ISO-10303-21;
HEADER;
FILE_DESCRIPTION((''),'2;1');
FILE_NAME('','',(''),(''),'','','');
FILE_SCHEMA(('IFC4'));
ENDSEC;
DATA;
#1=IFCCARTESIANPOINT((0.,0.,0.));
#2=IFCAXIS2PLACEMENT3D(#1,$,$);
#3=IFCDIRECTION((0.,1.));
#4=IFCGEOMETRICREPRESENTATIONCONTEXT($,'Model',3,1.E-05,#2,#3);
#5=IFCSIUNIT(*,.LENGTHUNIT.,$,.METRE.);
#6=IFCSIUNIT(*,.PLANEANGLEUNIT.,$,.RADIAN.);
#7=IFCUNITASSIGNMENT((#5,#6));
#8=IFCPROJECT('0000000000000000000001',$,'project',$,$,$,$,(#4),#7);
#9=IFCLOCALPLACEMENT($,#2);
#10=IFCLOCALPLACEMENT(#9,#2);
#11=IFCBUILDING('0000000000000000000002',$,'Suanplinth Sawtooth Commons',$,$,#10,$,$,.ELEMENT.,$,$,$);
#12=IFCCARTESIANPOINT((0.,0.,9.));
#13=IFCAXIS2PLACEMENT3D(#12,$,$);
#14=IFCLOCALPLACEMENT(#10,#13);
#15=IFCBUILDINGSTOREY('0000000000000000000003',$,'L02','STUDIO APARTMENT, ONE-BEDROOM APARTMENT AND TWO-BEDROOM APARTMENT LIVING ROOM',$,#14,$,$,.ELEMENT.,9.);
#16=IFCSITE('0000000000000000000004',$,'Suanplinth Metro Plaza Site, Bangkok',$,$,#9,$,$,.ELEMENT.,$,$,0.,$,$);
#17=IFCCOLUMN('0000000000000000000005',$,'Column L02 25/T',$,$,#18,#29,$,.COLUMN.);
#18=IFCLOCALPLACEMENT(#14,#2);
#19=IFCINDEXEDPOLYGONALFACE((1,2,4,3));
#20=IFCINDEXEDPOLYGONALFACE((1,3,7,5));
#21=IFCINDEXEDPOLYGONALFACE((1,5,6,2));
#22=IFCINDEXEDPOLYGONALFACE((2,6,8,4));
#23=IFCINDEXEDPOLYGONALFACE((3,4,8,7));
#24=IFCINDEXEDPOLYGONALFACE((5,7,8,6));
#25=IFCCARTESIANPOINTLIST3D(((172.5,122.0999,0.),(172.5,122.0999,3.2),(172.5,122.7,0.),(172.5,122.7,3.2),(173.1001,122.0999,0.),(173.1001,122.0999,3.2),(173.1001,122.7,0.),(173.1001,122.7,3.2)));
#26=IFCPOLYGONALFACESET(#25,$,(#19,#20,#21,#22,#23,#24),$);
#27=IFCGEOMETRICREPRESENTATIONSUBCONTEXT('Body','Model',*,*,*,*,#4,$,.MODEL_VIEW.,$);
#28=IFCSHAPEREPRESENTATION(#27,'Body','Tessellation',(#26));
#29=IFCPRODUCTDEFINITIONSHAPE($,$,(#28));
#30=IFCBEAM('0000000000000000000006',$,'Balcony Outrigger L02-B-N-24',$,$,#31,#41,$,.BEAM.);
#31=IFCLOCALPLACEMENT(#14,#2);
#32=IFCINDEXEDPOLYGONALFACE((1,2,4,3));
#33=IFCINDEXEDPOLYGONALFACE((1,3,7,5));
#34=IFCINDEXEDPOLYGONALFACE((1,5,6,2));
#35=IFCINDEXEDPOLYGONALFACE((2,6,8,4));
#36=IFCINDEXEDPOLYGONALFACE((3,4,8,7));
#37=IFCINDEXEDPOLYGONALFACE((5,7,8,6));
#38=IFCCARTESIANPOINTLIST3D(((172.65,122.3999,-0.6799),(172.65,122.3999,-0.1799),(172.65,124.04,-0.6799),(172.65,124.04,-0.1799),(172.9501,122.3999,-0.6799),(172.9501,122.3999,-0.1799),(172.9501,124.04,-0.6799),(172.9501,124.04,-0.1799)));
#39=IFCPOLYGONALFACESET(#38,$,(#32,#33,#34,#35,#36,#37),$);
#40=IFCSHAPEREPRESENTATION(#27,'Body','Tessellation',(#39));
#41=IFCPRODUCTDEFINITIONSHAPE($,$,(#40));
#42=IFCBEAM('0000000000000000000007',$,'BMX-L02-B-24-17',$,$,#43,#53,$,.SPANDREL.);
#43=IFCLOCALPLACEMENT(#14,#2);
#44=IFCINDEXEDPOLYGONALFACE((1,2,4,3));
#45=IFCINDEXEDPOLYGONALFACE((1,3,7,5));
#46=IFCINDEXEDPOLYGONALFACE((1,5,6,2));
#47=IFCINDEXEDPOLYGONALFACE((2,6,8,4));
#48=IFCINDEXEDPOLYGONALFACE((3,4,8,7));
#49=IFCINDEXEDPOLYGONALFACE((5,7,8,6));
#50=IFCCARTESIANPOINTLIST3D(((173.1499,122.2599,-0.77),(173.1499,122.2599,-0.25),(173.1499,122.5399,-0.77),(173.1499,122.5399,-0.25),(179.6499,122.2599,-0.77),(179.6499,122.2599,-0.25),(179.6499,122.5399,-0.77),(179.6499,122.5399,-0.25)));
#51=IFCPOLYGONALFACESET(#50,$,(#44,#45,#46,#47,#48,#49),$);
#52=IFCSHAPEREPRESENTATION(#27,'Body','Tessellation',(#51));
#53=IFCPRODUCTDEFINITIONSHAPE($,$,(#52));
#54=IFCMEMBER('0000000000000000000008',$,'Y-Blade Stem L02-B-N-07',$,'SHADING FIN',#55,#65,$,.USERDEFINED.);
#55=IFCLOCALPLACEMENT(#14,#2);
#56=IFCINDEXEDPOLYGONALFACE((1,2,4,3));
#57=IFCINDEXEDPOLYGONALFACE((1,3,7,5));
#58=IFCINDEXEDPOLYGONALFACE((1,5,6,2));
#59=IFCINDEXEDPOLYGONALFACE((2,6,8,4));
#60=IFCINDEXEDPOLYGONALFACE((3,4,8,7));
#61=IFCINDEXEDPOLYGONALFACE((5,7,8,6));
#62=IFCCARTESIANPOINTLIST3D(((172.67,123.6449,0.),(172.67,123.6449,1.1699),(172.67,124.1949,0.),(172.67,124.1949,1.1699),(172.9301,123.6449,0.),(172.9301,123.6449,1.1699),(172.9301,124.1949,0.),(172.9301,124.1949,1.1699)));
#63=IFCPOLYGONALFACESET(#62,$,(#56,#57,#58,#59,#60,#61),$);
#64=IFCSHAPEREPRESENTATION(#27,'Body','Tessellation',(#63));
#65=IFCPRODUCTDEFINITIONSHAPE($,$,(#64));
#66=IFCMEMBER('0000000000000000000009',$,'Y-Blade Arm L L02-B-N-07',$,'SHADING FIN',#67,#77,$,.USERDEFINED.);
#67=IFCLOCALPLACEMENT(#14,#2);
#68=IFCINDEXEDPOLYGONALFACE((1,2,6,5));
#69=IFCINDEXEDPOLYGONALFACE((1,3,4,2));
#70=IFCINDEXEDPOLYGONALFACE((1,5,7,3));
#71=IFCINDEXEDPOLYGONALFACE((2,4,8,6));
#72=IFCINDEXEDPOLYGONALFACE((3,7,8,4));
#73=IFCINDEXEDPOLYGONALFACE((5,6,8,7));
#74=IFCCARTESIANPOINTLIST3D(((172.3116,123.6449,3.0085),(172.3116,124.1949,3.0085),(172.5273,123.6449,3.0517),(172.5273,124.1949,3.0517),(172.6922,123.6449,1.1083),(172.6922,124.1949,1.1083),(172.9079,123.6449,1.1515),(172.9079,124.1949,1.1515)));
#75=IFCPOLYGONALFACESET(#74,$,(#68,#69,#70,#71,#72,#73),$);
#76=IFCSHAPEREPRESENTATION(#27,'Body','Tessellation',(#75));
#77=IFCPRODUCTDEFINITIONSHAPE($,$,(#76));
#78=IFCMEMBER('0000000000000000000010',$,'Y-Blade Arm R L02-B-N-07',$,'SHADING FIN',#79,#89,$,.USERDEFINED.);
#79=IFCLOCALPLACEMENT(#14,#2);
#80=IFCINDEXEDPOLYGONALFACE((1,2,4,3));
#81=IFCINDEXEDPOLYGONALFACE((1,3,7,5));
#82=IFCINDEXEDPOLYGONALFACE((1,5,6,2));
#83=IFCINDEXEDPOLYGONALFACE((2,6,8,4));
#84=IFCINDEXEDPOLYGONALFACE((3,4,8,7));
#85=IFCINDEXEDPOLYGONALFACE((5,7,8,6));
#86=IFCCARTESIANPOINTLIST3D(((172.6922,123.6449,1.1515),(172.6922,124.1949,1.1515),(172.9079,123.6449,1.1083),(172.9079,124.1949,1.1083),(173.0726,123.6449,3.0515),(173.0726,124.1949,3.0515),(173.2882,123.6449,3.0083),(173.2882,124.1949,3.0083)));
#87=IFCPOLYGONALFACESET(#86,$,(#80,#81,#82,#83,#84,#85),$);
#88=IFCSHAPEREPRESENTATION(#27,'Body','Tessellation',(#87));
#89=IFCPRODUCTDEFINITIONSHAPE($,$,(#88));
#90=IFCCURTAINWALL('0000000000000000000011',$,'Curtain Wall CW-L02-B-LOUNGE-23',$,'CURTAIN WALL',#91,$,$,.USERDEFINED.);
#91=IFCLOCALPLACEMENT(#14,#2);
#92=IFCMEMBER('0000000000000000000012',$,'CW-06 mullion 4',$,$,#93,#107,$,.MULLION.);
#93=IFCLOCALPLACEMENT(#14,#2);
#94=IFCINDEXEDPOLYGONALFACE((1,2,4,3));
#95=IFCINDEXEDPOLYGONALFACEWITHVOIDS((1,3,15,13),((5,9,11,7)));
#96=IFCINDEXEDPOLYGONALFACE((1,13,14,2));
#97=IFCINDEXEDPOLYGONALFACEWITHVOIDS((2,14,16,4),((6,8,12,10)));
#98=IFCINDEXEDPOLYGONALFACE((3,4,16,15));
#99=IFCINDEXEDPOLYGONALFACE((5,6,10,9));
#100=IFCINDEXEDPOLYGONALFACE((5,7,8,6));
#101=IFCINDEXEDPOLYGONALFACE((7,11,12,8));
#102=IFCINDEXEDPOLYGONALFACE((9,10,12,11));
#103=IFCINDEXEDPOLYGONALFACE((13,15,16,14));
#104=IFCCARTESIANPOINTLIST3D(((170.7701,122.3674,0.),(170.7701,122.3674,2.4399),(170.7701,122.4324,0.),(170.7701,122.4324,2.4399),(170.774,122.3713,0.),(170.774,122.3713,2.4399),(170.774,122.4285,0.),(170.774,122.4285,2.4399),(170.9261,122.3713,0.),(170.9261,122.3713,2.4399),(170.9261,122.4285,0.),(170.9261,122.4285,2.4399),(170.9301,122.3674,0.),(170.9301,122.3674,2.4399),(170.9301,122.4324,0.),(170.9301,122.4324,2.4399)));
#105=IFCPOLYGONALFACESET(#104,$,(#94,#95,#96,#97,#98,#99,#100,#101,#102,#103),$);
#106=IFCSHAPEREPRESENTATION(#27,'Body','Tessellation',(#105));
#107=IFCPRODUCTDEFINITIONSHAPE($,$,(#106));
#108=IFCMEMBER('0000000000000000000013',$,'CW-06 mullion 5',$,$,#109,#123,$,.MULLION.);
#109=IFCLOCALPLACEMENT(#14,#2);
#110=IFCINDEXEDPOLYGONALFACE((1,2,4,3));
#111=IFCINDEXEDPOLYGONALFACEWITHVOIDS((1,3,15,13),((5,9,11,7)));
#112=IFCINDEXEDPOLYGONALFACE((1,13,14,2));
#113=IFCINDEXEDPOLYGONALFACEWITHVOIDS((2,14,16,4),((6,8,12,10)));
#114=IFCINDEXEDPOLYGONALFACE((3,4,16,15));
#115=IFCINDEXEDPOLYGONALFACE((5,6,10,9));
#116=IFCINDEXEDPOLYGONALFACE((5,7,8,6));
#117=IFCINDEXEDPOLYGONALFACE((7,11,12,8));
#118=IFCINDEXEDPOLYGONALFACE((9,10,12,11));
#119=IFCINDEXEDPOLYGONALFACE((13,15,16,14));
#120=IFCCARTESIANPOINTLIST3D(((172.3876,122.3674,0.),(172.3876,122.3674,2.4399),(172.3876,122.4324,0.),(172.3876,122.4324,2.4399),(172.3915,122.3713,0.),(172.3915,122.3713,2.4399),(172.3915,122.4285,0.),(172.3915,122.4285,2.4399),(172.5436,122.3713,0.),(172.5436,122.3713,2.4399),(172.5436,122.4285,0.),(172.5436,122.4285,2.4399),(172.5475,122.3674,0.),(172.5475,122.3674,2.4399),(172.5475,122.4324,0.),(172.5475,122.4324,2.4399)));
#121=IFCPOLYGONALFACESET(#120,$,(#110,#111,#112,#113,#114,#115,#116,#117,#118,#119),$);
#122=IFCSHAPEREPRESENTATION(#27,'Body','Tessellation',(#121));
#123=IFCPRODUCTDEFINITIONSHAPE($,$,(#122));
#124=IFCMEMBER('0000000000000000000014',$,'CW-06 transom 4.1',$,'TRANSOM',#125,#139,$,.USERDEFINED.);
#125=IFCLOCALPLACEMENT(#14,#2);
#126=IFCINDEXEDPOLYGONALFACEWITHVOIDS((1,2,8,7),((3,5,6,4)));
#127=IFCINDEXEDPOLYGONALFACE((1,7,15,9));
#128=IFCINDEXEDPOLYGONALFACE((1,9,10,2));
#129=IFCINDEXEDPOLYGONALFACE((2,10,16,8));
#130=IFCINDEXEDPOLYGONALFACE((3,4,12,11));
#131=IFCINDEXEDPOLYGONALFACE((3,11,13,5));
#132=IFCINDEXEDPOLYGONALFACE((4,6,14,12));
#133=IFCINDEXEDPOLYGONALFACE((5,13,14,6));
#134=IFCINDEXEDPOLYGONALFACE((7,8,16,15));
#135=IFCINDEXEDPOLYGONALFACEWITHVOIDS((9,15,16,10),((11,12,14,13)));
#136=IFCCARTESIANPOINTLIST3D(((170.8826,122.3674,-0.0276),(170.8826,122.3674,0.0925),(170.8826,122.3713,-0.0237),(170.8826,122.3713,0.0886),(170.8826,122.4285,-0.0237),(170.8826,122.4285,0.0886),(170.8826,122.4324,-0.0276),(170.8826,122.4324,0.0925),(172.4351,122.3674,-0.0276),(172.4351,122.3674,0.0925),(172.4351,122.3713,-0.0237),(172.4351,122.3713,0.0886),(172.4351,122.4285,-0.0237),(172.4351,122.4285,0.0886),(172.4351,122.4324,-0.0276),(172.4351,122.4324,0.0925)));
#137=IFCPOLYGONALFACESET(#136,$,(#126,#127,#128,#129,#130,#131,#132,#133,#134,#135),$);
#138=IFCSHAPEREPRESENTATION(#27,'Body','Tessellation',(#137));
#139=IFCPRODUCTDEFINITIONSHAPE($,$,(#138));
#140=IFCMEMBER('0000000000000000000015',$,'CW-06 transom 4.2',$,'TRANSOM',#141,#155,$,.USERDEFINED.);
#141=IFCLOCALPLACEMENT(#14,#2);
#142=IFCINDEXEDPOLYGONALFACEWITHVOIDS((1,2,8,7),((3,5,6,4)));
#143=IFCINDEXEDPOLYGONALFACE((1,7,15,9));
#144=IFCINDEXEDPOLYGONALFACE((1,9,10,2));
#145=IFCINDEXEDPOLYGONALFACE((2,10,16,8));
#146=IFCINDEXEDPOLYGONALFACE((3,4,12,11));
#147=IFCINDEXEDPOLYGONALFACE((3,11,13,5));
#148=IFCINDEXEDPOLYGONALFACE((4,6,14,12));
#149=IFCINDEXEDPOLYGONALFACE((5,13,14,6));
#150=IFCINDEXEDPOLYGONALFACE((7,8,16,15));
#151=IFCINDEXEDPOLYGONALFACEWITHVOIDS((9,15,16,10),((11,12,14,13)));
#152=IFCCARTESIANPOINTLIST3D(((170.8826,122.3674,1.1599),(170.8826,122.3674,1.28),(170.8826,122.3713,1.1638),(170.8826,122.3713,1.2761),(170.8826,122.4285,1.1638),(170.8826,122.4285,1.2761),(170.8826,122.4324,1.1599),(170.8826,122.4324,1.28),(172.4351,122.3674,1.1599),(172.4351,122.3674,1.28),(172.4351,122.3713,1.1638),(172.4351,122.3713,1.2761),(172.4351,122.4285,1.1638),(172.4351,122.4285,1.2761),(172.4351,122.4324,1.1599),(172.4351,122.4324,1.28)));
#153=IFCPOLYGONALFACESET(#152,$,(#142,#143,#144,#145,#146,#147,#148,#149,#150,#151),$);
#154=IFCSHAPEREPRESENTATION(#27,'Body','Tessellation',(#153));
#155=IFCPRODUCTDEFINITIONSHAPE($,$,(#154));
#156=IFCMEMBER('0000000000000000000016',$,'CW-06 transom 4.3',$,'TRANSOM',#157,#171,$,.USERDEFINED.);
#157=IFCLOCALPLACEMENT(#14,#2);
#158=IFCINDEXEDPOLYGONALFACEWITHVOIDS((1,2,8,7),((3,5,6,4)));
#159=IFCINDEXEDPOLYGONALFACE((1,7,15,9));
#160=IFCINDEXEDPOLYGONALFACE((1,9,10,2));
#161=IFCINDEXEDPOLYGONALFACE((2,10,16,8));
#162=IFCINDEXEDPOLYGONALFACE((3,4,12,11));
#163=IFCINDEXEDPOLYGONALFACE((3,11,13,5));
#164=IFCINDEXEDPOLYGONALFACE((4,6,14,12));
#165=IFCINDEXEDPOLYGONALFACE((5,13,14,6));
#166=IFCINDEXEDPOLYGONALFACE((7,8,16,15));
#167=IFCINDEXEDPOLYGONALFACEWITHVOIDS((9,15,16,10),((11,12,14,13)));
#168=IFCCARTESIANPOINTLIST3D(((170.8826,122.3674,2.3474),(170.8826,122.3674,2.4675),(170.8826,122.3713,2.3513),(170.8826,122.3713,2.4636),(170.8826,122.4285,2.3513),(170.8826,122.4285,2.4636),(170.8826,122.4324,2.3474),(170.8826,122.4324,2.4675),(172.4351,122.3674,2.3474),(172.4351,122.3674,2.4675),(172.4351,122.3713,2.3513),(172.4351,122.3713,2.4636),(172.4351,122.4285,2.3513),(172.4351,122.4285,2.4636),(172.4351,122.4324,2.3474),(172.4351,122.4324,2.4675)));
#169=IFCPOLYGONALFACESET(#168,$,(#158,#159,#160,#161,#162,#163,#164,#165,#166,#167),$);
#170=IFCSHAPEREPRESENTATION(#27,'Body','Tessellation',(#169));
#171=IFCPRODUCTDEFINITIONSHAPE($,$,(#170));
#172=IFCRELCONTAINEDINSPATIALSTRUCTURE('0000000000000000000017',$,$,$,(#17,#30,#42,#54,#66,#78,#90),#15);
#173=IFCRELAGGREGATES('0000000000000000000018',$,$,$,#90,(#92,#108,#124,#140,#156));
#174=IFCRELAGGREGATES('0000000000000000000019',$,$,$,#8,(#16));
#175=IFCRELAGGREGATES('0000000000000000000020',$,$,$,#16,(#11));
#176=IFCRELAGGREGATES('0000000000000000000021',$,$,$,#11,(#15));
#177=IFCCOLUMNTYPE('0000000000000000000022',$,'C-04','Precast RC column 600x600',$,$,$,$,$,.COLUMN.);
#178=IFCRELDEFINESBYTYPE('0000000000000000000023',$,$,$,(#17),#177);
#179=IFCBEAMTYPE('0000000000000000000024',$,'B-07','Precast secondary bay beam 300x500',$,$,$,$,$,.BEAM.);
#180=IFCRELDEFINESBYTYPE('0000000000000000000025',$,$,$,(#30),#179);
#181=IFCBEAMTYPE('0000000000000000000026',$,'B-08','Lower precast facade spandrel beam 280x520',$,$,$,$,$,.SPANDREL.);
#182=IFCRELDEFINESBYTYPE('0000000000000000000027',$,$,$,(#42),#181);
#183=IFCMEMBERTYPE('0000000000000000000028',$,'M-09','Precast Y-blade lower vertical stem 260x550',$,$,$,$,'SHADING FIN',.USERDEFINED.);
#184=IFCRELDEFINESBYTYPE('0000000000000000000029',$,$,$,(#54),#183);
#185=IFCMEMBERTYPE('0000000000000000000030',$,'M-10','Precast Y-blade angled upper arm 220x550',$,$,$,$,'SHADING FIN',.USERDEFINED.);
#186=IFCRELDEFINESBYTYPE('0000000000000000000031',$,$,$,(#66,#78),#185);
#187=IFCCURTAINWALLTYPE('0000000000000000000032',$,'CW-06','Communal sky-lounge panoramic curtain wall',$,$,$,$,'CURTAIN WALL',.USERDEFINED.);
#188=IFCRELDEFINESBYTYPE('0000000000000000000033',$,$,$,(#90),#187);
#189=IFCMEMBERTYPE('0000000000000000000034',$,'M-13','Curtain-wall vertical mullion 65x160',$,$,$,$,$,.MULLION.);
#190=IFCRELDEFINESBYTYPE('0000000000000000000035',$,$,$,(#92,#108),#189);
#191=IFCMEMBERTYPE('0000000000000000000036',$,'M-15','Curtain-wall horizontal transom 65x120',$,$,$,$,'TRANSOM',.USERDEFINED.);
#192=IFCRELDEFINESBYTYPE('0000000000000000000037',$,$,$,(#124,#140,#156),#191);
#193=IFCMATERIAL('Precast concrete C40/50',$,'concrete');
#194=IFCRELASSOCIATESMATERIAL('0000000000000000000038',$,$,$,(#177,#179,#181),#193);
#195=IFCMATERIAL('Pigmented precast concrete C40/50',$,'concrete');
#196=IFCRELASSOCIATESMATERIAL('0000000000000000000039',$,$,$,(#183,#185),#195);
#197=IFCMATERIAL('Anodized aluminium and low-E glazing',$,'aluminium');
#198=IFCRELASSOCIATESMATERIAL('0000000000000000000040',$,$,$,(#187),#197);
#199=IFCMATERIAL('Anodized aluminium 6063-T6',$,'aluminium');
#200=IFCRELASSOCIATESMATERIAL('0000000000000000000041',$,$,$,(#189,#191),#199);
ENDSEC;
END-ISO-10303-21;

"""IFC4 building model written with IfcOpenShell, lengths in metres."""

from ifc_helpers import new_model, si_unit, direction, frame, origin, origin_2d, place, context, subcontext, project, spatial, rectangle, hollow_rectangle, extrude, material, material_profile, profile_set, type_object, element, aggregate, save


model = new_model("IFC4")

# Units and contexts
model_context = context("Model", 3, precision=1e-05, world=origin(), true_north=direction((0.0, 1.0)))
body_context = subcontext(model_context, "Body", "Model", "MODEL_VIEW")
ifc_project = project(units=[si_unit("LENGTHUNIT", "METRE"), si_unit("PLANEANGLEUNIT", "RADIAN")], contexts=[model_context])

# Site, building, storey
site_placement = place(None, origin())
site = spatial("IfcSite", under=ifc_project, at=site_placement, Name="Suanplinth Metro Plaza Site, Bangkok", CompositionType="ELEMENT", RefElevation=0.0)
building_placement = place(site_placement, origin())
building = spatial("IfcBuilding", under=site, at=building_placement, Name="Suanplinth Sawtooth Commons", CompositionType="ELEMENT")
storey_placement = place(building_placement, frame((0.0, 0.0, 9.0)))
storey = spatial("IfcBuildingStorey", under=building, at=storey_placement, Name="L02", Description="STUDIO APARTMENT, ONE-BEDROOM APARTMENT AND TWO-BEDROOM APARTMENT LIVING ROOM", CompositionType="ELEMENT", Elevation=9.0)

# Column
ifc_material_1 = material(Name="Precast concrete C40/50", Category="concrete")
ifc_material_profile_1 = material_profile(ifc_material_1, rectangle(XDim=0.6001, YDim=0.6001, at=origin_2d()), Name="PC-COL 600x600")
ifc_profile_set_1 = profile_set([ifc_material_profile_1], Name="Precast concrete C40/50")
column_type = type_object("IfcColumnType", Name="C-04", Description="Precast RC column 600x600", PredefinedType="COLUMN", material=ifc_profile_set_1)
column_placement = place(storey_placement, frame((172.8, 122.3999, 0.0), z_axis=(0.0, 0.0, 1.0), x_axis=(1.0, 0.0, 0.0)))
element("IfcColumn", 1, at=column_placement, inside=storey, type_object=column_type, Name="Column L02 25/T", PredefinedType="COLUMN", context=body_context, shape_type="SweptSolid", body=[
    extrude(rectangle(XDim=0.6001, YDim=0.6001, at=origin_2d()), origin(), (0.0, 0.0, 1.0), 3.2),
])

# Beams
ifc_material_profile_2 = material_profile(ifc_material_1, rectangle(XDim=0.3, YDim=0.5, at=origin_2d()), Name="PC-BM 300x500")
ifc_profile_set_2 = profile_set([ifc_material_profile_2], Name="Precast concrete C40/50")
beam_type_1 = type_object("IfcBeamType", Name="B-07", Description="Precast secondary bay beam 300x500", PredefinedType="BEAM", material=ifc_profile_set_2)
beam_1_placement = place(storey_placement, frame((172.8, 122.3999, -0.4299), z_axis=(0.0, 1.0, 0.0), x_axis=(-1.0, 0.0, 0.0)))
element("IfcBeam", 2, at=beam_1_placement, inside=storey, type_object=beam_type_1, Name="Balcony Outrigger L02-B-N-24", PredefinedType="BEAM", context=body_context, shape_type="SweptSolid", body=[
    extrude(rectangle(XDim=0.3, YDim=0.5, at=origin_2d()), origin(), (0.0, 0.0, 1.0), 1.6401),
])
ifc_material_profile_3 = material_profile(ifc_material_1, rectangle(XDim=0.28, YDim=0.52, at=origin_2d()), Name="PC-SP 280x520")
ifc_profile_set_3 = profile_set([ifc_material_profile_3], Name="Precast concrete C40/50")
beam_type_2 = type_object("IfcBeamType", Name="B-08", Description="Lower precast facade spandrel beam 280x520", PredefinedType="SPANDREL", material=ifc_profile_set_3)
beam_2_placement = place(storey_placement, frame((173.1499, 122.3999, -0.51), z_axis=(1.0, 0.0, 0.0), x_axis=(0.0, 1.0, 0.0)))
element("IfcBeam", 3, at=beam_2_placement, inside=storey, type_object=beam_type_2, Name="BMX-L02-B-24-17", PredefinedType="SPANDREL", context=body_context, shape_type="SweptSolid", body=[
    extrude(rectangle(XDim=0.28, YDim=0.52, at=origin_2d()), origin(), (0.0, 0.0, 1.0), 6.5),
])

# Members
ifc_material_2 = material(Name="Pigmented precast concrete C40/50", Category="concrete")
ifc_material_profile_4 = material_profile(ifc_material_2, rectangle(XDim=0.26, YDim=0.55, at=origin_2d()), Name="PC-FIN 260x550")
ifc_profile_set_4 = profile_set([ifc_material_profile_4], Name="Pigmented precast concrete C40/50")
member_type_1 = type_object("IfcMemberType", Name="M-09", Description="Precast Y-blade lower vertical stem 260x550", ElementType="SHADING FIN", PredefinedType="USERDEFINED", material=ifc_profile_set_4)
member_1_placement = place(storey_placement, frame((172.8, 123.9199, 0.0), z_axis=(0.0, 0.0, 1.0), x_axis=(1.0, 0.0, 0.0)))
element("IfcMember", 4, at=member_1_placement, inside=storey, type_object=member_type_1, Name="Y-Blade Stem L02-B-N-07", ObjectType="SHADING FIN", PredefinedType="USERDEFINED", context=body_context, shape_type="SweptSolid", body=[
    extrude(rectangle(XDim=0.26, YDim=0.55, at=origin_2d()), origin(), (0.0, 0.0, 1.0), 1.1699),
])
ifc_material_profile_5 = material_profile(ifc_material_2, rectangle(XDim=0.22, YDim=0.55, at=origin_2d()), Name="PC-FIN 220x550")
ifc_profile_set_5 = profile_set([ifc_material_profile_5], Name="Pigmented precast concrete C40/50")
member_type_2 = type_object("IfcMemberType", Name="M-10", Description="Precast Y-blade angled upper arm 220x550", ElementType="SHADING FIN", PredefinedType="USERDEFINED", material=ifc_profile_set_5)
member_2_placement = place(storey_placement, frame((172.8, 123.9199, 1.1299), z_axis=(-0.196407, 0.0, 0.980522), x_axis=(0.980522, 0.0, 0.196407)))
element("IfcMember", 5, at=member_2_placement, inside=storey, type_object=member_type_2, Name="Y-Blade Arm L L02-B-N-07", ObjectType="SHADING FIN", PredefinedType="USERDEFINED", context=body_context, shape_type="SweptSolid", body=[
    extrude(rectangle(XDim=0.22, YDim=0.55, at=origin_2d()), origin(), (0.0, 0.0, 1.0), 1.938),
])
member_3_placement = place(storey_placement, frame((172.8, 123.9199, 1.1299), z_axis=(0.196286, 0.0, 0.980547), x_axis=(-0.980547, 0.0, 0.196286)))
element("IfcMember", 6, at=member_3_placement, inside=storey, type_object=member_type_2, Name="Y-Blade Arm R L02-B-N-07", ObjectType="SHADING FIN", PredefinedType="USERDEFINED", context=body_context, shape_type="SweptSolid", body=[
    extrude(rectangle(XDim=0.22, YDim=0.55, at=origin_2d()), origin(), (0.0, 0.0, 1.0), 1.9377),
])

# Curtain wall, members
ifc_material_3 = material(Name="Anodized aluminium and low-E glazing", Category="aluminium")
curtain_wall_type = type_object("IfcCurtainWallType", Name="CW-06", Description="Communal sky-lounge panoramic curtain wall", ElementType="CURTAIN WALL", PredefinedType="USERDEFINED", material=ifc_material_3)
curtain_wall_placement = place(storey_placement, origin())
curtain_wall = element("IfcCurtainWall", 7, at=curtain_wall_placement, inside=storey, type_object=curtain_wall_type, Name="Curtain Wall CW-L02-B-LOUNGE-23", ObjectType="CURTAIN WALL", PredefinedType="USERDEFINED")
ifc_material_4 = material(Name="Anodized aluminium 6063-T6", Category="aluminium")
ifc_material_profile_6 = material_profile(ifc_material_4, hollow_rectangle(XDim=0.0649, YDim=0.1599, WallThickness=0.0039, at=origin_2d()), Name="ALU-MUL 65x160")
ifc_profile_set_6 = profile_set([ifc_material_profile_6], Name="Anodized aluminium 6063-T6")
member_type_3 = type_object("IfcMemberType", Name="M-13", Description="Curtain-wall vertical mullion 65x160", PredefinedType="MULLION", material=ifc_profile_set_6)
member_4_placement = place(storey_placement, frame((170.8501, 122.3999, 0.0), z_axis=(0.0, 0.0, 1.0), x_axis=(0.0, 1.0, 0.0)))
member_4 = element("IfcMember", 8, at=member_4_placement, type_object=member_type_3, Name="CW-06 mullion 4", PredefinedType="MULLION", context=body_context, shape_type="SweptSolid", body=[
    extrude(hollow_rectangle(XDim=0.0649, YDim=0.1599, WallThickness=0.0039, at=origin_2d()), origin(), (0.0, 0.0, 1.0), 2.4399),
])
member_5_placement = place(storey_placement, frame((172.4675, 122.3999, 0.0), z_axis=(0.0, 0.0, 1.0), x_axis=(0.0, 1.0, 0.0)))
member_5 = element("IfcMember", 9, at=member_5_placement, type_object=member_type_3, Name="CW-06 mullion 5", PredefinedType="MULLION", context=body_context, shape_type="SweptSolid", body=[
    extrude(hollow_rectangle(XDim=0.0649, YDim=0.1599, WallThickness=0.0039, at=origin_2d()), origin(), (0.0, 0.0, 1.0), 2.4399),
])
ifc_material_profile_7 = material_profile(ifc_material_4, hollow_rectangle(XDim=0.0649, YDim=0.1201, WallThickness=0.0039, at=origin_2d()), Name="ALU-TRN 65x120")
ifc_profile_set_7 = profile_set([ifc_material_profile_7], Name="Anodized aluminium 6063-T6")
member_type_4 = type_object("IfcMemberType", Name="M-15", Description="Curtain-wall horizontal transom 65x120", ElementType="TRANSOM", PredefinedType="USERDEFINED", material=ifc_profile_set_7)
member_6_placement = place(storey_placement, frame((170.8826, 122.3999, 0.0325), z_axis=(1.0, 0.0, 0.0), x_axis=(0.0, 1.0, 0.0)))
member_6 = element("IfcMember", 10, at=member_6_placement, type_object=member_type_4, Name="CW-06 transom 4.1", ObjectType="TRANSOM", PredefinedType="USERDEFINED", context=body_context, shape_type="SweptSolid", body=[
    extrude(hollow_rectangle(XDim=0.0649, YDim=0.1201, WallThickness=0.0039, at=origin_2d()), origin(), (0.0, 0.0, 1.0), 1.5525),
])
member_7_placement = place(storey_placement, frame((170.8826, 122.3999, 1.22), z_axis=(1.0, 0.0, 0.0), x_axis=(0.0, 1.0, 0.0)))
member_7 = element("IfcMember", 11, at=member_7_placement, type_object=member_type_4, Name="CW-06 transom 4.2", ObjectType="TRANSOM", PredefinedType="USERDEFINED", context=body_context, shape_type="SweptSolid", body=[
    extrude(hollow_rectangle(XDim=0.0649, YDim=0.1201, WallThickness=0.0039, at=origin_2d()), origin(), (0.0, 0.0, 1.0), 1.5525),
])
member_8_placement = place(storey_placement, frame((170.8826, 122.3999, 2.4075), z_axis=(1.0, 0.0, 0.0), x_axis=(0.0, 1.0, 0.0)))
member_8 = element("IfcMember", 12, at=member_8_placement, type_object=member_type_4, Name="CW-06 transom 4.3", ObjectType="TRANSOM", PredefinedType="USERDEFINED", context=body_context, shape_type="SweptSolid", body=[
    extrude(hollow_rectangle(XDim=0.0649, YDim=0.1201, WallThickness=0.0039, at=origin_2d()), origin(), (0.0, 0.0, 1.0), 1.5525),
])

aggregate(curtain_wall, [member_4, member_5, member_6, member_7, member_8])

save(model, "model.ifc")
